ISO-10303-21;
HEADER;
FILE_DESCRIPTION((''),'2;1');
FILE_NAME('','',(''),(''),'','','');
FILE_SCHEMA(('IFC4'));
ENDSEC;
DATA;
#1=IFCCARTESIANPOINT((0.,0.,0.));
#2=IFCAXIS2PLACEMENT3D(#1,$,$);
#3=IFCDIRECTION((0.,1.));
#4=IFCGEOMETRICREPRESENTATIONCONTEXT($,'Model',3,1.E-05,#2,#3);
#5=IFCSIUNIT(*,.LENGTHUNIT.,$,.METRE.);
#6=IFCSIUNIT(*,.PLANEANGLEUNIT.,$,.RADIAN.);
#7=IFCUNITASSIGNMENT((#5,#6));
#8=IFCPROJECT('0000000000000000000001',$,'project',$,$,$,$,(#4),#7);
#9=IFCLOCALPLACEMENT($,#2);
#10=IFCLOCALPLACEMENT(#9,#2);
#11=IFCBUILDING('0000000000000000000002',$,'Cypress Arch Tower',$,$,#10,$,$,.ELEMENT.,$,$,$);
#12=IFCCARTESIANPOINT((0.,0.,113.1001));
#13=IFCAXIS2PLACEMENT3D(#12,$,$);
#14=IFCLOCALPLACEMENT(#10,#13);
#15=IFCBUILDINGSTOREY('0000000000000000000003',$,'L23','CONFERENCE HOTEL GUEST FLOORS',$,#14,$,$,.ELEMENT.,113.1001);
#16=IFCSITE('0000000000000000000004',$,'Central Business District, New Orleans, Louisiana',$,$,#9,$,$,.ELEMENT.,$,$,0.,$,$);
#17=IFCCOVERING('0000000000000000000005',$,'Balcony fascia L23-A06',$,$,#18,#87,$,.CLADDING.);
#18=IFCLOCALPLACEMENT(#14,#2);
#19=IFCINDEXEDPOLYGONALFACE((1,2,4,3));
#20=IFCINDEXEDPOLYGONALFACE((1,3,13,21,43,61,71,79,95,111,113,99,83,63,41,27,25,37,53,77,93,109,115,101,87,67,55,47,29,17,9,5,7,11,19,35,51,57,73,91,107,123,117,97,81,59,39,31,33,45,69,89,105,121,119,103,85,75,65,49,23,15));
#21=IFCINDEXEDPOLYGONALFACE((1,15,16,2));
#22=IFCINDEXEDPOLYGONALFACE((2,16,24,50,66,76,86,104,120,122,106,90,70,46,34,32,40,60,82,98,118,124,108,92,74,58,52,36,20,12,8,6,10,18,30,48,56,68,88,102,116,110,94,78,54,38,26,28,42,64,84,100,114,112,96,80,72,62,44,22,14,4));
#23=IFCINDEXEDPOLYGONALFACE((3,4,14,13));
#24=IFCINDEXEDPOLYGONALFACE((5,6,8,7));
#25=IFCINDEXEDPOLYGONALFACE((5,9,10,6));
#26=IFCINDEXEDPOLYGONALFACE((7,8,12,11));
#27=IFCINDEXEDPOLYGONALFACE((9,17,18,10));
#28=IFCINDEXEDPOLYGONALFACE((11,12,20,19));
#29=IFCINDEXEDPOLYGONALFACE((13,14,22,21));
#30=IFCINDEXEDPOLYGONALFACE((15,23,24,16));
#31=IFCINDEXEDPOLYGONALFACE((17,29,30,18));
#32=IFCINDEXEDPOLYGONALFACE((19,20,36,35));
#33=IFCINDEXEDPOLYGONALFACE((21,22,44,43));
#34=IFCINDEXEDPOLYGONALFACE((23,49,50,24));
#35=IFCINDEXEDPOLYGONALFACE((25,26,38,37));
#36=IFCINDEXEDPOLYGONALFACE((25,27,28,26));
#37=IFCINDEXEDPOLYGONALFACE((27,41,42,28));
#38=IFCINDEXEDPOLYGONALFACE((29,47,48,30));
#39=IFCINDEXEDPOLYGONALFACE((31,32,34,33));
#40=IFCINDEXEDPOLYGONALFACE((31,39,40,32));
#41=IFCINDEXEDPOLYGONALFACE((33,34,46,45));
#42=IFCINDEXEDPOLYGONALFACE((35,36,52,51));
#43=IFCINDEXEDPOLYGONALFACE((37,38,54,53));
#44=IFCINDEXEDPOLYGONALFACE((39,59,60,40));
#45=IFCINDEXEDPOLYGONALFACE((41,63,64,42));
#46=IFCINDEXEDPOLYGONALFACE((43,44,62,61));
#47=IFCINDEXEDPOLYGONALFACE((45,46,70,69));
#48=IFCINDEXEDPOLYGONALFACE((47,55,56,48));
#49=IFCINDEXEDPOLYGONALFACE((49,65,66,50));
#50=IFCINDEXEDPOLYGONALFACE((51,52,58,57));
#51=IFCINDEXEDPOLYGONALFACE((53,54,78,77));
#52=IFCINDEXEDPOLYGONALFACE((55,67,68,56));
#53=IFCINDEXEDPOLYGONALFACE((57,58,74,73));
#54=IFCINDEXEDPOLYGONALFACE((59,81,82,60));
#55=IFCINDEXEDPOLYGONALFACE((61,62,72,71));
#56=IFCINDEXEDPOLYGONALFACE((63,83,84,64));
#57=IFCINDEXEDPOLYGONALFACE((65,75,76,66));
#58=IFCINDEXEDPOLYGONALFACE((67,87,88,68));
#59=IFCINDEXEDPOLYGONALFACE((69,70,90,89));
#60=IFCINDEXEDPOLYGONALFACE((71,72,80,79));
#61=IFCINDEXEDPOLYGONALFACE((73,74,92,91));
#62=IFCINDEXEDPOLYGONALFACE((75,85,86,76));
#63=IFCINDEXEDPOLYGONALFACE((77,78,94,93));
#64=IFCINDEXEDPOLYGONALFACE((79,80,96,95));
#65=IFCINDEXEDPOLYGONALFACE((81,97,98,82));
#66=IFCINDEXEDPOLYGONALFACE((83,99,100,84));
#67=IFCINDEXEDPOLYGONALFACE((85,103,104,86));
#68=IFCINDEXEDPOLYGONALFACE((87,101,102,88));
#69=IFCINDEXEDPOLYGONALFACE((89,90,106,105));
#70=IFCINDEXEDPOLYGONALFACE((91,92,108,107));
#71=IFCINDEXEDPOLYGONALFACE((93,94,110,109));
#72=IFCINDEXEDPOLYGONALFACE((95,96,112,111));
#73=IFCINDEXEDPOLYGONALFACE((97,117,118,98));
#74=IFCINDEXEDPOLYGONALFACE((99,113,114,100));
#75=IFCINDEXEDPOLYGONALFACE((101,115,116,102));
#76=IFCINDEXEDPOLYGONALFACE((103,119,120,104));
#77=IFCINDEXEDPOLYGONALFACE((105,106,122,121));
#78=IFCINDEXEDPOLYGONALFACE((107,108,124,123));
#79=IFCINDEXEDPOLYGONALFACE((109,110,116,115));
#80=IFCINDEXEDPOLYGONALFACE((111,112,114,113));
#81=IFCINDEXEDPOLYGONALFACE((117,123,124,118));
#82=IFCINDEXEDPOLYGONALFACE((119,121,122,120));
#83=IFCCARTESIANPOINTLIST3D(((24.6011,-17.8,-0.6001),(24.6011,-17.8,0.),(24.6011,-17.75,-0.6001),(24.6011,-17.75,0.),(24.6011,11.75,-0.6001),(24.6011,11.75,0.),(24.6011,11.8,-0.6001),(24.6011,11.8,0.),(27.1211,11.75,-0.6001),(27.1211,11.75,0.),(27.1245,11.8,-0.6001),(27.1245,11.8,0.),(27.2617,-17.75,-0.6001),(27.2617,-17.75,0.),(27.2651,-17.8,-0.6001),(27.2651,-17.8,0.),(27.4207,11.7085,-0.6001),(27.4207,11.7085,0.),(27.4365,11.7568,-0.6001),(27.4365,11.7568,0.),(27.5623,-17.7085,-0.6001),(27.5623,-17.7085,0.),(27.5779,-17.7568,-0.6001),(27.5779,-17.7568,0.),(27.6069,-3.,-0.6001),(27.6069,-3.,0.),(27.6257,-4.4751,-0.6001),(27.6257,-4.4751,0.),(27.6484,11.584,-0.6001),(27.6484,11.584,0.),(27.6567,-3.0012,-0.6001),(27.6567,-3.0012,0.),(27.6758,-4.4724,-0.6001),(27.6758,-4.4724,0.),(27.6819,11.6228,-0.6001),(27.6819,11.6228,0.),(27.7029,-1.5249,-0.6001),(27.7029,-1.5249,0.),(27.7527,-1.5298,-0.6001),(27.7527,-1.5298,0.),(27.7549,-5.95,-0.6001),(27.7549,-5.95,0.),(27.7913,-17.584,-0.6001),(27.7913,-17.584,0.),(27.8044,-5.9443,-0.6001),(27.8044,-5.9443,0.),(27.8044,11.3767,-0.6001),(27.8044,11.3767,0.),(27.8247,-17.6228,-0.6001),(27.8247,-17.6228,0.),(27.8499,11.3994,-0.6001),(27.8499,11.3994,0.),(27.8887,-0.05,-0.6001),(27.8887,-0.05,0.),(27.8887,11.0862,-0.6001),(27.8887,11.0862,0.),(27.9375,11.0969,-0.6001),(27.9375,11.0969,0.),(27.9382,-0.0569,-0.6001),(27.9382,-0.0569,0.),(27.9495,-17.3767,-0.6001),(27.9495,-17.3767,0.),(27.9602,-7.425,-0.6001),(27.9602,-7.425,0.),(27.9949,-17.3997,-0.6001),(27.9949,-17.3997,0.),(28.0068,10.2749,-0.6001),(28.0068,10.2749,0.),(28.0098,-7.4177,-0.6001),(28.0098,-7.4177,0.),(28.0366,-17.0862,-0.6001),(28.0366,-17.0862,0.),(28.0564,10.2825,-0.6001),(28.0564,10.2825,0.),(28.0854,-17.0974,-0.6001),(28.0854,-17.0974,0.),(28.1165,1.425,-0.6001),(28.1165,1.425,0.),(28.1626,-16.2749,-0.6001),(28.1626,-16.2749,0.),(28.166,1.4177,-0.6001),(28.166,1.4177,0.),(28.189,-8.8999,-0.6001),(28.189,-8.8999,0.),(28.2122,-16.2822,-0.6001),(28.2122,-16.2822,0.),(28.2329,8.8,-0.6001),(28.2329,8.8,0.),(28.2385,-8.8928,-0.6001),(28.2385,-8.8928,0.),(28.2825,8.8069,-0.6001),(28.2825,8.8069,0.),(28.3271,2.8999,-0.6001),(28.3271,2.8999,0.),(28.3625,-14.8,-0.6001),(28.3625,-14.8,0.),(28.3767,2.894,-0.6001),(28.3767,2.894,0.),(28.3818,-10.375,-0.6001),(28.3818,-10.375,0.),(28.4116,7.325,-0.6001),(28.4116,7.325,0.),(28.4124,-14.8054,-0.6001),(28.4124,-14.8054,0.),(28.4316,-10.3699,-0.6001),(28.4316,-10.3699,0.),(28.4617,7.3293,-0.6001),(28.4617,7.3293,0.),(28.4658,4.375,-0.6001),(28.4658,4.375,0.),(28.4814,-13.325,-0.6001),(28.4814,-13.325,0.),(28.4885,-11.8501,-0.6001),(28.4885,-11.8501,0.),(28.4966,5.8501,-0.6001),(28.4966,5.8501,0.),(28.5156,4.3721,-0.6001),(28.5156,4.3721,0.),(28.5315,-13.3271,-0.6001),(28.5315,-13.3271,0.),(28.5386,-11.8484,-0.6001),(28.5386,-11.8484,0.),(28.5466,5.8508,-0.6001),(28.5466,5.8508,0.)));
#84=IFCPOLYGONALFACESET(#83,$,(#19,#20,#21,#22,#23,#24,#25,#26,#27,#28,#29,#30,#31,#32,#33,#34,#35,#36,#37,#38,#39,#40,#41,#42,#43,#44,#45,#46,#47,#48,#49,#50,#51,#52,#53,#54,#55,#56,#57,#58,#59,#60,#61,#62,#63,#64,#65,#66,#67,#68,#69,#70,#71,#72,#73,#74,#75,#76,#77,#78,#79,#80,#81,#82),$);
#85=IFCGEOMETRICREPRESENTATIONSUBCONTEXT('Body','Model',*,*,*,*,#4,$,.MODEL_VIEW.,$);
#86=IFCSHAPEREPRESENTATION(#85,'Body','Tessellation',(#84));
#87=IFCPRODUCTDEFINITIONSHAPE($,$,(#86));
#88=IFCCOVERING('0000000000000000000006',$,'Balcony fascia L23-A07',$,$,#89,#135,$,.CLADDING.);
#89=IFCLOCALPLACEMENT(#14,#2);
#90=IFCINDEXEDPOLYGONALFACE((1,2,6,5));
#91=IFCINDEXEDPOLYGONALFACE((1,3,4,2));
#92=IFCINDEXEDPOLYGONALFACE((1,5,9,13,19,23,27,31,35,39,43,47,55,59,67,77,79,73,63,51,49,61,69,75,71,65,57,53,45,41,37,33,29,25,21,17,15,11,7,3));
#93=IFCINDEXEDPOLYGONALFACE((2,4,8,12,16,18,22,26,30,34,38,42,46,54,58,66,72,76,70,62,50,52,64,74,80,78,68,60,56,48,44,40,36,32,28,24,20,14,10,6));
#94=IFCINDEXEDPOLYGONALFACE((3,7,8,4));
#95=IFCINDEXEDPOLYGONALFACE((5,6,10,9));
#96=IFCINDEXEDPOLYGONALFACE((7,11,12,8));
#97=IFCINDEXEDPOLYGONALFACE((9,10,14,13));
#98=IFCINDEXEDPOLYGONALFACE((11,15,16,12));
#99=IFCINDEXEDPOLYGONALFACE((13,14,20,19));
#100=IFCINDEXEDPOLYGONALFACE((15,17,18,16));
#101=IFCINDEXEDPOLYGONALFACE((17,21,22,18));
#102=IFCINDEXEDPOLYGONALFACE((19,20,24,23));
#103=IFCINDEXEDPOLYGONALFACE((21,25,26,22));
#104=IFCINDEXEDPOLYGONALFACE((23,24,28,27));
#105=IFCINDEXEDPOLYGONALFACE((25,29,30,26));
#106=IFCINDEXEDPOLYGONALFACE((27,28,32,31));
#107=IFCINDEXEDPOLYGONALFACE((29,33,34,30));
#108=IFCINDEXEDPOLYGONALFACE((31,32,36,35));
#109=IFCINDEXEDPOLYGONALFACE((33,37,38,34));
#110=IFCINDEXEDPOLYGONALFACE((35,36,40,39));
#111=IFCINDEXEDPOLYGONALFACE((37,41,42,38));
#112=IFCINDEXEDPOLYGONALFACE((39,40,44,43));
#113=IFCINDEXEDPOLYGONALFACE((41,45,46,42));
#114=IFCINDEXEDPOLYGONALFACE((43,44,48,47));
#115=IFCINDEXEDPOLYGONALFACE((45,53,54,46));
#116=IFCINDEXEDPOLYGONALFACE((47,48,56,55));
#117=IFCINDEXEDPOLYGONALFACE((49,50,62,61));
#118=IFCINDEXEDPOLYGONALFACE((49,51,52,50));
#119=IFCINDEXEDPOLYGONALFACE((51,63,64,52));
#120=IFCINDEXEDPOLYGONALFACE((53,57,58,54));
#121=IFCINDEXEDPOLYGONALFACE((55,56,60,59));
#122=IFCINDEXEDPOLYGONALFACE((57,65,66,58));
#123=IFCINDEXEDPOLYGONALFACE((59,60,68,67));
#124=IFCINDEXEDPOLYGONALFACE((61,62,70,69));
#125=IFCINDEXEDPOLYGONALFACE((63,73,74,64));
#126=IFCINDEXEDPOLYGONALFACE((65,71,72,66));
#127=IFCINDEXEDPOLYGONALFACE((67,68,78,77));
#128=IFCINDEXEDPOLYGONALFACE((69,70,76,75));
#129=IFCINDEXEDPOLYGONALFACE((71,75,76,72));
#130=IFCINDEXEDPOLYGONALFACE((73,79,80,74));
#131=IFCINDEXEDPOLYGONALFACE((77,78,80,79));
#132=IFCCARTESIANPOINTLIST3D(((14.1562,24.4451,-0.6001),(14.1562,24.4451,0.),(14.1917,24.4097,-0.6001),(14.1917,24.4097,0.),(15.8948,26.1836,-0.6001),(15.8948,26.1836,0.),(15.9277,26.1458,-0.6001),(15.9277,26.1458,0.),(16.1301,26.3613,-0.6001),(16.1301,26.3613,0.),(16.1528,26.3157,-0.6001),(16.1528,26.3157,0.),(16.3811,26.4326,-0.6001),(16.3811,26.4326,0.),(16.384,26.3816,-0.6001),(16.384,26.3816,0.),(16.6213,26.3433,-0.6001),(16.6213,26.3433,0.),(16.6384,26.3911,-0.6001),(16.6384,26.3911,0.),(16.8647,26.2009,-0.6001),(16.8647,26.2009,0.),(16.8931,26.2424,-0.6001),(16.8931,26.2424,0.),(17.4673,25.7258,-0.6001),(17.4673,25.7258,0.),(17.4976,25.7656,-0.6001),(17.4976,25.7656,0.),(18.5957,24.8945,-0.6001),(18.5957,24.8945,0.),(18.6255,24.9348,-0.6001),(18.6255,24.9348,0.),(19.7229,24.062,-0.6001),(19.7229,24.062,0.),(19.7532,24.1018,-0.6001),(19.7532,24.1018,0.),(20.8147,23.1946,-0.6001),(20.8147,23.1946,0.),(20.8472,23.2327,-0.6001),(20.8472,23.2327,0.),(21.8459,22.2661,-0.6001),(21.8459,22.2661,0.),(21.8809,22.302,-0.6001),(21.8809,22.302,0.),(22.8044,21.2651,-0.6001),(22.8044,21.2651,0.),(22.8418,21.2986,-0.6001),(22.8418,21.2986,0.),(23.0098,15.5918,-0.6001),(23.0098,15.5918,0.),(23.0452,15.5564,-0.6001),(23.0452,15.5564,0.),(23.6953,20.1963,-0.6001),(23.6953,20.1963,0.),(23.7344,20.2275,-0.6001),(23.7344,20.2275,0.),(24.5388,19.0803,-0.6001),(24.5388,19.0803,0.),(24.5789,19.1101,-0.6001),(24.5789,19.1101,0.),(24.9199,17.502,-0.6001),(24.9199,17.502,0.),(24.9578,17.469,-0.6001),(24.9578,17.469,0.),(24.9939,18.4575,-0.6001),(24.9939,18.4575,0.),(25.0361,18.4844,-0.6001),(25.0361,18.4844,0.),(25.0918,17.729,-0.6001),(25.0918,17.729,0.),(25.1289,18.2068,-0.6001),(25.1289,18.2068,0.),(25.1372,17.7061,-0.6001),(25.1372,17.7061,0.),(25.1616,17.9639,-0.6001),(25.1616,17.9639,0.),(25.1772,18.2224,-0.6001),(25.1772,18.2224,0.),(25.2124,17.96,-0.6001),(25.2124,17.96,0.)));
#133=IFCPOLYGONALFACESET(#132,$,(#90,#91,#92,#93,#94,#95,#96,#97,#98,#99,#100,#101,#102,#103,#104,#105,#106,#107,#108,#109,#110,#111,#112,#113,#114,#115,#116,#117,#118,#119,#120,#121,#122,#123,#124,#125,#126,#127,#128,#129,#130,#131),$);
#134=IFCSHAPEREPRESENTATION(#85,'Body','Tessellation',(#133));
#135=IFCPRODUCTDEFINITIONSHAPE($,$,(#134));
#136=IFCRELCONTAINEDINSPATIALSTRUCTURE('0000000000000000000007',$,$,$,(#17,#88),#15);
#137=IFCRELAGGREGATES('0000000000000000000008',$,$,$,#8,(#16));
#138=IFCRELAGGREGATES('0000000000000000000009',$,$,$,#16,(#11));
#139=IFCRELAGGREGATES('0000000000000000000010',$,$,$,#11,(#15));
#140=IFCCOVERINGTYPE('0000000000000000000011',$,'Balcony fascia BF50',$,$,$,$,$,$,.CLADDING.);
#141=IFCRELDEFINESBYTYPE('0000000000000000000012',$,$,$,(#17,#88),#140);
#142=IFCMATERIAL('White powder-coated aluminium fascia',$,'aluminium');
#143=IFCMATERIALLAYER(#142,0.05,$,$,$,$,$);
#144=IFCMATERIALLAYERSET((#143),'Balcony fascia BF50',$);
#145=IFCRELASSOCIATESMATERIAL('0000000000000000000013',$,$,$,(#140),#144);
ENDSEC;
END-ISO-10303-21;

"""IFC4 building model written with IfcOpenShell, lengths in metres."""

from ifc_helpers import new_model, si_unit, direction, frame, origin, place, context, subcontext, project, spatial, polyline, outline, extrude, material, layer, layer_set, type_object, element, save


model = new_model("IFC4")

# Units and contexts
model_context = context("Model", 3, precision=1e-05, world=origin(), true_north=direction((0.0, 1.0)))
body_context = subcontext(model_context, "Body", "Model", "MODEL_VIEW")
ifc_project = project(units=[si_unit("LENGTHUNIT", "METRE"), si_unit("PLANEANGLEUNIT", "RADIAN")], contexts=[model_context])

# Site, building, storey
site_placement = place(None, origin())
site = spatial("IfcSite", under=ifc_project, at=site_placement, Name="Central Business District, New Orleans, Louisiana", CompositionType="ELEMENT", RefElevation=0.0)
building_placement = place(site_placement, origin())
building = spatial("IfcBuilding", under=site, at=building_placement, Name="Cypress Arch Tower", CompositionType="ELEMENT")
storey_placement = place(building_placement, frame((0.0, 0.0, 113.1001)))
storey = spatial("IfcBuildingStorey", under=building, at=storey_placement, Name="L23", Description="CONFERENCE HOTEL GUEST FLOORS", CompositionType="ELEMENT", Elevation=113.1001)

# Coverings
ifc_material_1 = material(Name="White powder-coated aluminium fascia", Category="aluminium")
ifc_layer_1 = layer(ifc_material_1, 0.05)
ifc_layer_set_1 = layer_set([ifc_layer_1], Name="Balcony fascia BF50")
covering_type_1 = type_object("IfcCoveringType", Name="Balcony fascia BF50", PredefinedType="CLADDING", material=ifc_layer_set_1)
covering_1_placement = place(storey_placement, frame((0.0, 0.0, -0.6001)))
element("IfcCovering", 1, at=covering_1_placement, inside=storey, type_object=covering_type_1, Name="Balcony fascia L23-A06", PredefinedType="CLADDING", context=body_context, shape_type="SweptSolid", body=[
    extrude(outline(polyline([(27.1245, 11.8), (27.4365, 11.7568), (27.6819, 11.6228), (27.8499, 11.3994), (27.9375, 11.0969), (28.0564, 10.2825), (28.2825, 8.8069), (28.4617, 7.3293), (28.5466, 5.8508), (28.5156, 4.3721), (28.3767, 2.894), (28.166, 1.4177), (27.9382, -0.0569), (27.7527, -1.5298), (27.6567, -3.0012), (27.6758, -4.4724), (27.8044, -5.9443), (28.0098, -7.4177), (28.2385, -8.8928), (28.4316, -10.3699), (28.5386, -11.8484), (28.5315, -13.3271), (28.4124, -14.8054), (28.2122, -16.2822), (28.0854, -17.0974), (27.9949, -17.3997), (27.8247, -17.6228), (27.5779, -17.7568), (27.2651, -17.8), (24.6011, -17.8), (24.6011, -17.75), (27.2617, -17.75), (27.5623, -17.7085), (27.7913, -17.584), (27.9495, -17.3767), (28.0366, -17.0862), (28.1626, -16.2749), (28.3625, -14.8), (28.4814, -13.325), (28.4885, -11.8501), (28.3818, -10.375), (28.189, -8.8999), (27.9602, -7.425), (27.7549, -5.95), (27.6257, -4.4751), (27.6069, -3.0), (27.7029, -1.5249), (27.8887, -0.05), (28.1165, 1.425), (28.3271, 2.8999), (28.4658, 4.375), (28.4966, 5.8501), (28.4116, 7.325), (28.2329, 8.8), (28.0068, 10.2749), (27.8887, 11.0862), (27.8044, 11.3767), (27.6484, 11.584), (27.4207, 11.7085), (27.1211, 11.75), (24.6011, 11.75), (24.6011, 11.8), (27.1245, 11.8)])), origin(), (0.0, 0.0, 1.0), 0.6001),
])
covering_2_placement = place(storey_placement, frame((0.0, 0.0, -0.6001)))
element("IfcCovering", 2, at=covering_2_placement, inside=storey, type_object=covering_type_1, Name="Balcony fascia L23-A07", PredefinedType="CLADDING", context=body_context, shape_type="SweptSolid", body=[
    extrude(outline(polyline([(15.8948, 26.1836), (16.1301, 26.3613), (16.3811, 26.4326), (16.6384, 26.3911), (16.8931, 26.2424), (17.4976, 25.7656), (18.6255, 24.9348), (19.7532, 24.1018), (20.8472, 23.2327), (21.8809, 22.302), (22.8418, 21.2986), (23.7344, 20.2275), (24.5789, 19.1101), (25.0361, 18.4844), (25.1772, 18.2224), (25.2124, 17.96), (25.1372, 17.7061), (24.9578, 17.469), (23.0452, 15.5564), (23.0098, 15.5918), (24.9199, 17.502), (25.0918, 17.729), (25.1616, 17.9639), (25.1289, 18.2068), (24.9939, 18.4575), (24.5388, 19.0803), (23.6953, 20.1963), (22.8044, 21.2651), (21.8459, 22.2661), (20.8147, 23.1946), (19.7229, 24.062), (18.5957, 24.8945), (17.4673, 25.7258), (16.8647, 26.2009), (16.6213, 26.3433), (16.384, 26.3816), (16.1528, 26.3157), (15.9277, 26.1458), (14.1917, 24.4097), (14.1562, 24.4451), (15.8948, 26.1836)])), origin(), (0.0, 0.0, 1.0), 0.6001),
])

save(model, "model.ifc")
